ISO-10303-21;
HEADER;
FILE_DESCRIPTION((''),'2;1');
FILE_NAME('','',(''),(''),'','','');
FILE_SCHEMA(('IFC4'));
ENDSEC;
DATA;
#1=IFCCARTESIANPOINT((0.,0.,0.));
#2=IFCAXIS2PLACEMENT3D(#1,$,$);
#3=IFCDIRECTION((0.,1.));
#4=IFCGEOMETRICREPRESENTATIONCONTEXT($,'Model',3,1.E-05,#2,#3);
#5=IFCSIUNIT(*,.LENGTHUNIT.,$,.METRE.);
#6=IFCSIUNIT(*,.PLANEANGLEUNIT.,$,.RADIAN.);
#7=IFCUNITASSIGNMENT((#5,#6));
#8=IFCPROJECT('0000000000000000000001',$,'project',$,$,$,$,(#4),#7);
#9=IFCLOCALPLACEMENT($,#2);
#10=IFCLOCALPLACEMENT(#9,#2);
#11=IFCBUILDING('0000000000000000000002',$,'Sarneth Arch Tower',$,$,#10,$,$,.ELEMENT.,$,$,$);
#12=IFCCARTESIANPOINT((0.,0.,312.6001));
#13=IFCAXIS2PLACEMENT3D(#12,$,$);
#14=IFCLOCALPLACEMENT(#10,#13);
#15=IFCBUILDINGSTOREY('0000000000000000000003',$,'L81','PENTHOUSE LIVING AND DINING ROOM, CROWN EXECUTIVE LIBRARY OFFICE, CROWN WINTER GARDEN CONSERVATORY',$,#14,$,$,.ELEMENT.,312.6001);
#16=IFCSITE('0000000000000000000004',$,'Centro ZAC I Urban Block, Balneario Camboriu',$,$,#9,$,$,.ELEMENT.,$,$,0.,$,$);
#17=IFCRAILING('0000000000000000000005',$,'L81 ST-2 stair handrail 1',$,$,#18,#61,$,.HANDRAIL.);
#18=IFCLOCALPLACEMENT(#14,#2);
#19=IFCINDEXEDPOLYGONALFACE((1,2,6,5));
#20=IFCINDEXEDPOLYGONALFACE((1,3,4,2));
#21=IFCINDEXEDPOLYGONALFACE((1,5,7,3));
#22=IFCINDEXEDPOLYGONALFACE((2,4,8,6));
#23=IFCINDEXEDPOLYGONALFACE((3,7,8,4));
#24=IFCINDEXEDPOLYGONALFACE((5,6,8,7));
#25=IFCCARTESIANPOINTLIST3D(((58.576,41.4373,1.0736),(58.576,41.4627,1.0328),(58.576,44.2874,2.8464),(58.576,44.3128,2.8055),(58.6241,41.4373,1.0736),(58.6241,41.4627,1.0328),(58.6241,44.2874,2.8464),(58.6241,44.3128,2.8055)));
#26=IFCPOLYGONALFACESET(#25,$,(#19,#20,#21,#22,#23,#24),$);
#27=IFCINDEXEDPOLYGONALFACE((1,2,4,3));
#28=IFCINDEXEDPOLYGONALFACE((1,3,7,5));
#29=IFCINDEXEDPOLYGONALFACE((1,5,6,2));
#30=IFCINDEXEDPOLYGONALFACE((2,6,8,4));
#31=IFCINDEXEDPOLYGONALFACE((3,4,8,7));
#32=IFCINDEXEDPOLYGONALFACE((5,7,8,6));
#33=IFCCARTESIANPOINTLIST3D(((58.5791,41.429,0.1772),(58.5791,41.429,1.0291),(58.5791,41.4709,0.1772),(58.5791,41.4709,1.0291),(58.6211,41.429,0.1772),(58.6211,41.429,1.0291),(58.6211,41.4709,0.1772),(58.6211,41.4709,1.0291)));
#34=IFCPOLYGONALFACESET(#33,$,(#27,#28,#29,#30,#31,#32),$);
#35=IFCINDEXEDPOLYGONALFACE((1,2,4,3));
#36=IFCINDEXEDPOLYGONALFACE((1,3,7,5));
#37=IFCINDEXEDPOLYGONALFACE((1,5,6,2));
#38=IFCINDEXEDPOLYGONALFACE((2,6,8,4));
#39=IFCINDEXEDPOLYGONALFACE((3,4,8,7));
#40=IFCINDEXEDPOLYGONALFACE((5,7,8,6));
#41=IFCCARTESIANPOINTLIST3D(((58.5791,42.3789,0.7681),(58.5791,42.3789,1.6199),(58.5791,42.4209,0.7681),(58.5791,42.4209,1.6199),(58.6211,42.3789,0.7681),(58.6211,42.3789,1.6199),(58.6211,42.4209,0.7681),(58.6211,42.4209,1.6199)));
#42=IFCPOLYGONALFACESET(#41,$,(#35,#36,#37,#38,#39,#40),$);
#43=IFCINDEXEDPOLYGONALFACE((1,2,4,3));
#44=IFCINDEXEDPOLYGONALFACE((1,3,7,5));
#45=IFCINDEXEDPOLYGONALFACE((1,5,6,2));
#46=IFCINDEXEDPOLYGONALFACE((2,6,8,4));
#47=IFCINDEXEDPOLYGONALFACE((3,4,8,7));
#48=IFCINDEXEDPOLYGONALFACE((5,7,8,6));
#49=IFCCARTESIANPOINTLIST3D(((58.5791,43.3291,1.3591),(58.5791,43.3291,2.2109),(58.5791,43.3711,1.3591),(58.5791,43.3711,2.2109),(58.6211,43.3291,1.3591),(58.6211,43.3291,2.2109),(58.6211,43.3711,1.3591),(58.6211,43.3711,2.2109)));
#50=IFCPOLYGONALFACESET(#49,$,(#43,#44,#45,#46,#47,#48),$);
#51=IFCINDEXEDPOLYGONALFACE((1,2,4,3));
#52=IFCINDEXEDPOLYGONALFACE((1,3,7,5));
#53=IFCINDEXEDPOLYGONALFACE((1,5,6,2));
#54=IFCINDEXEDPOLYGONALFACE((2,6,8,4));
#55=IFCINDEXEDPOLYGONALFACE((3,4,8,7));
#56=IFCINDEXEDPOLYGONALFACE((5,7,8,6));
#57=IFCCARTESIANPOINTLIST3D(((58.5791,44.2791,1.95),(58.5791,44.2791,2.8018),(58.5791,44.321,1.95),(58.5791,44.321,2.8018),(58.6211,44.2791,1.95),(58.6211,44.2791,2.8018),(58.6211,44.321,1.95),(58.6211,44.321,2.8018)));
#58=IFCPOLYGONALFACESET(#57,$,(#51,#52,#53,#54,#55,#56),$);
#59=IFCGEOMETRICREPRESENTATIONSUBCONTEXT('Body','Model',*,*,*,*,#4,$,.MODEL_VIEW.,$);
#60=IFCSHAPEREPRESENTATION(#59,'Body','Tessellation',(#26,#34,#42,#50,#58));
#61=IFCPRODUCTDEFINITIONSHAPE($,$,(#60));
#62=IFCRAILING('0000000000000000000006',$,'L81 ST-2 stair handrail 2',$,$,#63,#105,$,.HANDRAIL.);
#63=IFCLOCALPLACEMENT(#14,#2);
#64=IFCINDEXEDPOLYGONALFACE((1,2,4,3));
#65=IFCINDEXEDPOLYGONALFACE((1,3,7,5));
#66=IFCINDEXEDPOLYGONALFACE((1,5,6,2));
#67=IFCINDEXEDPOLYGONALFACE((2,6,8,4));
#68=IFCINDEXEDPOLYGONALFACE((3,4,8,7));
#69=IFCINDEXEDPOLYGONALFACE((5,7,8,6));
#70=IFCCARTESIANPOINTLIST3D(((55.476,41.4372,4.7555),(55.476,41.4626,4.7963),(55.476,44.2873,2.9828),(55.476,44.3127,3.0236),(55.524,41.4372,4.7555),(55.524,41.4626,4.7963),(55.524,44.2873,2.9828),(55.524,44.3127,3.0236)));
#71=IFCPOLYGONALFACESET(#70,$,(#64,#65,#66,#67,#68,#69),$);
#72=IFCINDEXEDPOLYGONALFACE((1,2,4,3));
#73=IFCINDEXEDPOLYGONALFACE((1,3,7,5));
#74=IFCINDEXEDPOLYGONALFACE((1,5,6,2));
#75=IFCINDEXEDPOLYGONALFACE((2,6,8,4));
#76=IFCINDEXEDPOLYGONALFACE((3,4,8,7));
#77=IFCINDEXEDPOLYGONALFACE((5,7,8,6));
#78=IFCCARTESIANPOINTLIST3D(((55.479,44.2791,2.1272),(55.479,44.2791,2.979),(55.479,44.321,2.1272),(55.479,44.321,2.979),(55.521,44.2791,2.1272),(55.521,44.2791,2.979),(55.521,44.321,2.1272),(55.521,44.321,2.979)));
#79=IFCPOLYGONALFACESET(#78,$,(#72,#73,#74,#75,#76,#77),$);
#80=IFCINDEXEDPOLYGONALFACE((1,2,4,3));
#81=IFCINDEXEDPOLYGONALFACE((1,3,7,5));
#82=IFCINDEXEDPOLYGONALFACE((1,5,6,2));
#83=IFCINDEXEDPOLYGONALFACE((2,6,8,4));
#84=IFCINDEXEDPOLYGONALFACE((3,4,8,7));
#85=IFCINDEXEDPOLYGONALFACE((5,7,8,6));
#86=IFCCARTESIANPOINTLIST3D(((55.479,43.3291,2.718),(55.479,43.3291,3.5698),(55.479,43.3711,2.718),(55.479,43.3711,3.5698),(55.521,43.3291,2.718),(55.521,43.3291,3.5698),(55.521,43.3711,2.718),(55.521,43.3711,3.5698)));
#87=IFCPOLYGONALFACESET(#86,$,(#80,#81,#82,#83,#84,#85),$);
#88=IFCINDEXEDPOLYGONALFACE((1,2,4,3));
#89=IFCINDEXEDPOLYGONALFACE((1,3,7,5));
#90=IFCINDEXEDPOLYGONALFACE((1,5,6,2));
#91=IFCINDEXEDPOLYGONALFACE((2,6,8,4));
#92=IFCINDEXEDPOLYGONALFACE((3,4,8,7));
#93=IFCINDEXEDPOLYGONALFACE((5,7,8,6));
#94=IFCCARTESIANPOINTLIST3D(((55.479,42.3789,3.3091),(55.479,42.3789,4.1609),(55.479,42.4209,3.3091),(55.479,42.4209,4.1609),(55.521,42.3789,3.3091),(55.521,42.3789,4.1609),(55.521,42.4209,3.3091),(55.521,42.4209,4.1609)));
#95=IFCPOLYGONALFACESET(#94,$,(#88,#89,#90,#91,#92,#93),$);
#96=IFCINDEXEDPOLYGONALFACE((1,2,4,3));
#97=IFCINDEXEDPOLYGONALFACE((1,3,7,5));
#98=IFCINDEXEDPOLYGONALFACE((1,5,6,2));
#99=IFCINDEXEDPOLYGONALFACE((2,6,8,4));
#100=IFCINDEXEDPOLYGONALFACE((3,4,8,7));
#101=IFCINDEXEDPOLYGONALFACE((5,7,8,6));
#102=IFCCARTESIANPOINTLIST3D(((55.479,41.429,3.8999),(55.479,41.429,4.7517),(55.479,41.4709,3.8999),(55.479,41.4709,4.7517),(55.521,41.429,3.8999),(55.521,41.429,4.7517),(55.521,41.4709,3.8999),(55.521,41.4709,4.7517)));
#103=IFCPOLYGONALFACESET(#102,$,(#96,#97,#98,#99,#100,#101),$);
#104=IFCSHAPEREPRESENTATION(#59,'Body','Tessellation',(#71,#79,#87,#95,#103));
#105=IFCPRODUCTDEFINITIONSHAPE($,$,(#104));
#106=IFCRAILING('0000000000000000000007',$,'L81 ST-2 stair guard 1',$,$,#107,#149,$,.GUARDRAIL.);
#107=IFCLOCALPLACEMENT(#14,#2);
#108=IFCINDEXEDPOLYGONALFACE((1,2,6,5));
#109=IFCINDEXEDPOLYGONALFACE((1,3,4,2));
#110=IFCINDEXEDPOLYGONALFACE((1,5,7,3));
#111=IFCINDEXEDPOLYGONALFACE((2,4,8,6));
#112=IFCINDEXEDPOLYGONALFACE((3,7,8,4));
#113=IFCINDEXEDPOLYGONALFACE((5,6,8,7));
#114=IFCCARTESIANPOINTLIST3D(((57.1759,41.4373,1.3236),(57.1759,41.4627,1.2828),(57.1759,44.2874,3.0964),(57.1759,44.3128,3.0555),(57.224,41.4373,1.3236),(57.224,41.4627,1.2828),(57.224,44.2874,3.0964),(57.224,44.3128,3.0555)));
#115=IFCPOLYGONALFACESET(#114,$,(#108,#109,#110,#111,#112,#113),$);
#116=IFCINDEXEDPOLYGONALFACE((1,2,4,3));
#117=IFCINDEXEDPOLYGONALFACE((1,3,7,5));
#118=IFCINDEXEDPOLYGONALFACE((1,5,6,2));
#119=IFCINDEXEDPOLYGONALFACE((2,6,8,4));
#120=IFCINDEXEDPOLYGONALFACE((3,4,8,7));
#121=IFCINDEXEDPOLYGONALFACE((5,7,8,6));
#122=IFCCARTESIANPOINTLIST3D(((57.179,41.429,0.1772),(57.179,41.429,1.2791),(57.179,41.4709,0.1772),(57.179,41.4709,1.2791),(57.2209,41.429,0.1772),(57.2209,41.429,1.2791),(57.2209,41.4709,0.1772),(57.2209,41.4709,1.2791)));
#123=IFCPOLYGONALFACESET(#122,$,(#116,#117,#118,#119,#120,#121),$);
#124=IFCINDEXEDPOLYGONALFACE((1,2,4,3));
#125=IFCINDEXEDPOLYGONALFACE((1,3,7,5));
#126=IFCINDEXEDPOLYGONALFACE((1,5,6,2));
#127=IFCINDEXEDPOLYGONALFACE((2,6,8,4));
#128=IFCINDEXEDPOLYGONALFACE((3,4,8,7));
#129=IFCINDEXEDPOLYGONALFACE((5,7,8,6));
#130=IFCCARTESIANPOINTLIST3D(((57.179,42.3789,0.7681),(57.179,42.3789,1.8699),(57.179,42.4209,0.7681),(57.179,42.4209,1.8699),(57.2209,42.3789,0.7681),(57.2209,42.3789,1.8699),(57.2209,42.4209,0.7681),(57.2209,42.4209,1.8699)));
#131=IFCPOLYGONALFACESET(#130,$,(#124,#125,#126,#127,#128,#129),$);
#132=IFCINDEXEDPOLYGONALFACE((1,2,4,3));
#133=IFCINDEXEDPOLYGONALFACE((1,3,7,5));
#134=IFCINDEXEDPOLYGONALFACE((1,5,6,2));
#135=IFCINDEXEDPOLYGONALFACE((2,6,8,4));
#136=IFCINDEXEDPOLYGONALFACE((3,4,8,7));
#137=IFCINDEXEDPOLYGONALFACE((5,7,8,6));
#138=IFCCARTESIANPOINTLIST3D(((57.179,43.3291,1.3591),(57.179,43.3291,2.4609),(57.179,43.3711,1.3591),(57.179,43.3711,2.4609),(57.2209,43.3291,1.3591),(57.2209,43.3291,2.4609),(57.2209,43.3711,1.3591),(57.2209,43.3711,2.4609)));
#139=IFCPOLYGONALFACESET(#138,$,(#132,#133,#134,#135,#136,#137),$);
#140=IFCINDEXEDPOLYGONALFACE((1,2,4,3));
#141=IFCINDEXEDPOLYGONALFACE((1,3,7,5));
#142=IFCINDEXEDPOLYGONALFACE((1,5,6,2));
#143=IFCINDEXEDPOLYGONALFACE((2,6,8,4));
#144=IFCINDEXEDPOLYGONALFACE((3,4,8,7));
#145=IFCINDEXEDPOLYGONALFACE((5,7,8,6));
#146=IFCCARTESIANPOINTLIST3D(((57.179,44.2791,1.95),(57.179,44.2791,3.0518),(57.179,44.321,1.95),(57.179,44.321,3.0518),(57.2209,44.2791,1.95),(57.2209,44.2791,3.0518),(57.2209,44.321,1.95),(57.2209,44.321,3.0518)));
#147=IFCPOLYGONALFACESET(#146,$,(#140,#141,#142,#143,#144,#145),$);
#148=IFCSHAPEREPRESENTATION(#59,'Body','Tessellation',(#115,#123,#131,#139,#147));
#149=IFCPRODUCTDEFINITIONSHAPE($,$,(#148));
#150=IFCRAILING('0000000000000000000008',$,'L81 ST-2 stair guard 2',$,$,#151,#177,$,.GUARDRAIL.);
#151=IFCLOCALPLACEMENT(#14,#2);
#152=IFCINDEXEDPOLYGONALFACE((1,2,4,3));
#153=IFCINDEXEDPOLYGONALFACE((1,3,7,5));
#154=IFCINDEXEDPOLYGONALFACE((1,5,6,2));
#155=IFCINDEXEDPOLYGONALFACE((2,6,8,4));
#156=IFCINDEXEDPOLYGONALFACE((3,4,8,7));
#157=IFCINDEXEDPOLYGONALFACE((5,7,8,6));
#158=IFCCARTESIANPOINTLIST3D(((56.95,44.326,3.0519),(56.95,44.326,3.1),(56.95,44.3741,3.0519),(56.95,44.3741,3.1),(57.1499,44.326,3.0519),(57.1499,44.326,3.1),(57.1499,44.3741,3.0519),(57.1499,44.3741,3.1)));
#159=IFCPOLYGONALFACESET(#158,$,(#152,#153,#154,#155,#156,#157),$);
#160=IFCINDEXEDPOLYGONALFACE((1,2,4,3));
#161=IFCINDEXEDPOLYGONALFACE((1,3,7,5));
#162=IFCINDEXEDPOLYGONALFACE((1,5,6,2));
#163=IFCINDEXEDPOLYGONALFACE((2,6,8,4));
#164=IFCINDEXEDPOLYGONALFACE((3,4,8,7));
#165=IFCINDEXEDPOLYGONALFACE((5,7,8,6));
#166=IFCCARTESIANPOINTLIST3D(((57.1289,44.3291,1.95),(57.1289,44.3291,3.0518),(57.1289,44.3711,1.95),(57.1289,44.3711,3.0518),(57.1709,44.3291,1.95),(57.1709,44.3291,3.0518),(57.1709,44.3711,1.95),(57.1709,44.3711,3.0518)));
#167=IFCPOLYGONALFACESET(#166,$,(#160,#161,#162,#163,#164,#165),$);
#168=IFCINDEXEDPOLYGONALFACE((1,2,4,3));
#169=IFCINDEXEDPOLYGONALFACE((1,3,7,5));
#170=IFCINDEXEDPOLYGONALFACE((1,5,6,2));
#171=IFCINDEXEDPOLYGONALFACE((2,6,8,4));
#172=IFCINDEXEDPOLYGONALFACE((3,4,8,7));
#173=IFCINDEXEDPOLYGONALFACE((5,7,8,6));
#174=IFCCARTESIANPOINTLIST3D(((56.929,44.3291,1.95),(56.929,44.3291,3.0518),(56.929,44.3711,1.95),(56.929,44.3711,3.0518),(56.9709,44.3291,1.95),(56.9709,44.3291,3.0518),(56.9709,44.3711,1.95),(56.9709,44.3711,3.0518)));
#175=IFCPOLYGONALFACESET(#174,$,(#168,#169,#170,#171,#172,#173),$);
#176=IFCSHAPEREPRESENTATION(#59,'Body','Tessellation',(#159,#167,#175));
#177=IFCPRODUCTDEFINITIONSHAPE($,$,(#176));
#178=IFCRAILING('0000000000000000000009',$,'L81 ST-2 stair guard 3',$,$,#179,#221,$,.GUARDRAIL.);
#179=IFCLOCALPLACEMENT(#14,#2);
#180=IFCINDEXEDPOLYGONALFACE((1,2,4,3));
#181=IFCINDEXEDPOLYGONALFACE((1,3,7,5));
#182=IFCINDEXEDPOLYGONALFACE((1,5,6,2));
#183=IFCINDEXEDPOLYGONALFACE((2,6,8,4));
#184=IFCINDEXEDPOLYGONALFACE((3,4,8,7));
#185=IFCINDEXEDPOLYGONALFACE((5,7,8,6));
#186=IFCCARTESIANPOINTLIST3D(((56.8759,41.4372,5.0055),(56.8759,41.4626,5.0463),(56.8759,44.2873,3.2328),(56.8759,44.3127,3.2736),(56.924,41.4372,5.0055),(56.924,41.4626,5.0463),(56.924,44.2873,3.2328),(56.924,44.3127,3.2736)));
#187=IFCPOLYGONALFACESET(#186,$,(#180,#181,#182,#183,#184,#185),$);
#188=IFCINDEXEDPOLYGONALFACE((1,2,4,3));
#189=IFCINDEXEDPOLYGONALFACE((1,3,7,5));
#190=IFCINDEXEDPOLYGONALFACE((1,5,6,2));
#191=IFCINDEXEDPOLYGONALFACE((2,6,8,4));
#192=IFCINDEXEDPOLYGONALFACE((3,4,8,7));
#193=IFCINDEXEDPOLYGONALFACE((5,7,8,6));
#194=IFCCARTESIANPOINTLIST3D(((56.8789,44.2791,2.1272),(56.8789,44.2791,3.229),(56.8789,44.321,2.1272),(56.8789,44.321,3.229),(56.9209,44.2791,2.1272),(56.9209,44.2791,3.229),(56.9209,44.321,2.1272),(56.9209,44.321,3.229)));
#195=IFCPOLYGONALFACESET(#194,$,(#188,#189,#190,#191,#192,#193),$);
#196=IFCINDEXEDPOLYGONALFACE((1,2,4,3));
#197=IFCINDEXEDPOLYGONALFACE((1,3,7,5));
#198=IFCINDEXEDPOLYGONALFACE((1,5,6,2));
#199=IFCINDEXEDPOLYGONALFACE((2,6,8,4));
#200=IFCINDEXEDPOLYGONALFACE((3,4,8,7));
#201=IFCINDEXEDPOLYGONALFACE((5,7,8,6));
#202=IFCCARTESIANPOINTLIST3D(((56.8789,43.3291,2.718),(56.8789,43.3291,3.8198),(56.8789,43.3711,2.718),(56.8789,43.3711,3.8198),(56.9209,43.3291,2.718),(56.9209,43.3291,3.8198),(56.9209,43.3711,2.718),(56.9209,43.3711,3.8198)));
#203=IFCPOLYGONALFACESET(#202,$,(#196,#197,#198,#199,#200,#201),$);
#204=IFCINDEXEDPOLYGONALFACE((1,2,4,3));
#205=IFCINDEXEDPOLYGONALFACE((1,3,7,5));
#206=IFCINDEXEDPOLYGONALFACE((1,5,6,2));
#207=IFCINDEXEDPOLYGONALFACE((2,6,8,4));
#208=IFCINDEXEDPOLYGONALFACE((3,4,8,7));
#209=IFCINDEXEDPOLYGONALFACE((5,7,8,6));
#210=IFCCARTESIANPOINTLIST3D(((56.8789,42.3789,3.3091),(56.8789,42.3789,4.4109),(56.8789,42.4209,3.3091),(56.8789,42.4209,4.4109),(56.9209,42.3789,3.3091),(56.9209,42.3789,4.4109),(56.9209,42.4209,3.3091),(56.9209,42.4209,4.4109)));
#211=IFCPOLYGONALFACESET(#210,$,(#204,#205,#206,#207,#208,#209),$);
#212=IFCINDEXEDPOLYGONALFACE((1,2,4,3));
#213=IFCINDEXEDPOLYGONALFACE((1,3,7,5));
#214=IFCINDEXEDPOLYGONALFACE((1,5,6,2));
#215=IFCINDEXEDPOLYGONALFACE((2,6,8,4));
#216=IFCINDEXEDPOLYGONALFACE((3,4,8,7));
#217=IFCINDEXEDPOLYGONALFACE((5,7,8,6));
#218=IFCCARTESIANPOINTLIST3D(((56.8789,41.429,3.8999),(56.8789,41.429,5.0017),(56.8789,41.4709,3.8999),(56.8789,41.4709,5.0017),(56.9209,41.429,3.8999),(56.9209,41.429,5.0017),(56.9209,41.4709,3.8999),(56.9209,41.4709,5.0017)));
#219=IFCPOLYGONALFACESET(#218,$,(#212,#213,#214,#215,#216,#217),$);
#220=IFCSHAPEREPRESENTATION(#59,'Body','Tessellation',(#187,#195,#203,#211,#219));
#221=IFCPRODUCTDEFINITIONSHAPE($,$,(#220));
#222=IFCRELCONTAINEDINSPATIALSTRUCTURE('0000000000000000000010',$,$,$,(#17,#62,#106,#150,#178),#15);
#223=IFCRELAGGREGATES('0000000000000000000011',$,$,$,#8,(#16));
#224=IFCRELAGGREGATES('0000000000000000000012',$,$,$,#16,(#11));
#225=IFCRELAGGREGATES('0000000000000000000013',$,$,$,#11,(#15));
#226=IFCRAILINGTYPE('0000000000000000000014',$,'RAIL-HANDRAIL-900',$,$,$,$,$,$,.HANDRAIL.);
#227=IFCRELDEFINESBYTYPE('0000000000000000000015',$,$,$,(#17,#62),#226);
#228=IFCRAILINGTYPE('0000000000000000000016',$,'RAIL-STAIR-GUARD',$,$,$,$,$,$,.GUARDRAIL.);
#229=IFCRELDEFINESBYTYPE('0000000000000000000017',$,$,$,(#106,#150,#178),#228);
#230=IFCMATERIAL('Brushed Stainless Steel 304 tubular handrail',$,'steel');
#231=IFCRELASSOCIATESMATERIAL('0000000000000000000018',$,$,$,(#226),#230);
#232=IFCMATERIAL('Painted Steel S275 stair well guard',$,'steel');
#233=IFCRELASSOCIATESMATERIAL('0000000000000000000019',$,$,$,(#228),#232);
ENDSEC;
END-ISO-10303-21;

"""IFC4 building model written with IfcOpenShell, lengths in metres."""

from ifc_helpers import new_model, si_unit, direction, frame, origin, origin_2d, place, context, subcontext, project, spatial, rectangle, extrude, material, type_object, element, save


model = new_model("IFC4")

# Units and contexts
model_context = context("Model", 3, precision=1e-05, world=origin(), true_north=direction((0.0, 1.0)))
body_context = subcontext(model_context, "Body", "Model", "MODEL_VIEW")
ifc_project = project(units=[si_unit("LENGTHUNIT", "METRE"), si_unit("PLANEANGLEUNIT", "RADIAN")], contexts=[model_context])

# Site, building, storey
site_placement = place(None, origin())
site = spatial("IfcSite", under=ifc_project, at=site_placement, Name="Centro ZAC I Urban Block, Balneario Camboriu", CompositionType="ELEMENT", RefElevation=0.0)
building_placement = place(site_placement, origin())
building = spatial("IfcBuilding", under=site, at=building_placement, Name="Sarneth Arch Tower", CompositionType="ELEMENT")
storey_placement = place(building_placement, frame((0.0, 0.0, 312.6001)))
storey = spatial("IfcBuildingStorey", under=building, at=storey_placement, Name="L81", Description="PENTHOUSE LIVING AND DINING ROOM, CROWN EXECUTIVE LIBRARY OFFICE, CROWN WINTER GARDEN CONSERVATORY", CompositionType="ELEMENT", Elevation=312.6001)

# Railings
ifc_material_1 = material(Name="Brushed Stainless Steel 304 tubular handrail", Category="steel")
railing_type_1 = type_object("IfcRailingType", Name="RAIL-HANDRAIL-900", PredefinedType="HANDRAIL", material=ifc_material_1)
railing_1_placement = place(storey_placement, frame((58.6001, 41.45, 0.1772)))
element("IfcRailing", 1, at=railing_1_placement, inside=storey, type_object=railing_type_1, Name="L81 ST-2 stair handrail 1", PredefinedType="HANDRAIL", context=body_context, shape_type="SweptSolid", body=[
    extrude(rectangle(XDim=0.0481, YDim=0.0481, at=origin_2d()), frame((0.0, 0.0, 0.876), z_axis=(0.0, 0.849149, 0.528154), x_axis=(-1.0, 0.0, 0.0)), (0.0, 0.0, 1.0), 3.3564),
    extrude(rectangle(XDim=0.042, YDim=0.042, at=origin_2d()), origin(), (0.0, 0.0, 1.0), 0.8518),
    extrude(rectangle(XDim=0.042, YDim=0.042, at=origin_2d()), frame((0.0, 0.95, 0.5908)), (0.0, 0.0, 1.0), 0.8518),
    extrude(rectangle(XDim=0.042, YDim=0.042, at=origin_2d()), frame((0.0, 1.9001, 1.1819)), (0.0, 0.0, 1.0), 0.8518),
    extrude(rectangle(XDim=0.042, YDim=0.042, at=origin_2d()), frame((0.0, 2.8501, 1.7727)), (0.0, 0.0, 1.0), 0.8518),
])
railing_2_placement = place(storey_placement, frame((55.5, 44.3, 2.1272)))
element("IfcRailing", 2, at=railing_2_placement, inside=storey, type_object=railing_type_1, Name="L81 ST-2 stair handrail 2", PredefinedType="HANDRAIL", context=body_context, shape_type="SweptSolid", body=[
    extrude(rectangle(XDim=0.0481, YDim=0.0481, at=origin_2d()), frame((0.0, 0.0, 0.876), z_axis=(0.0, -0.849149, 0.528154), x_axis=(1.0, 0.0, 0.0)), (0.0, 0.0, 1.0), 3.3564),
    extrude(rectangle(XDim=0.042, YDim=0.042, at=origin_2d()), origin(), (0.0, 0.0, 1.0), 0.8518),
    extrude(rectangle(XDim=0.042, YDim=0.042, at=origin_2d()), frame((0.0, -0.95, 0.5908)), (0.0, 0.0, 1.0), 0.8518),
    extrude(rectangle(XDim=0.042, YDim=0.042, at=origin_2d()), frame((0.0, -1.9001, 1.1819)), (0.0, 0.0, 1.0), 0.8518),
    extrude(rectangle(XDim=0.042, YDim=0.042, at=origin_2d()), frame((0.0, -2.8501, 1.7727)), (0.0, 0.0, 1.0), 0.8518),
])
ifc_material_2 = material(Name="Painted Steel S275 stair well guard", Category="steel")
railing_type_2 = type_object("IfcRailingType", Name="RAIL-STAIR-GUARD", PredefinedType="GUARDRAIL", material=ifc_material_2)
railing_3_placement = place(storey_placement, frame((57.2, 41.45, 0.1772)))
element("IfcRailing", 3, at=railing_3_placement, inside=storey, type_object=railing_type_2, Name="L81 ST-2 stair guard 1", PredefinedType="GUARDRAIL", context=body_context, shape_type="SweptSolid", body=[
    extrude(rectangle(XDim=0.0481, YDim=0.0481, at=origin_2d()), frame((0.0, 0.0, 1.126), z_axis=(0.0, 0.849149, 0.528154), x_axis=(-1.0, 0.0, 0.0)), (0.0, 0.0, 1.0), 3.3564),
    extrude(rectangle(XDim=0.042, YDim=0.042, at=origin_2d()), origin(), (0.0, 0.0, 1.0), 1.1018),
    extrude(rectangle(XDim=0.042, YDim=0.042, at=origin_2d()), frame((0.0, 0.95, 0.5908)), (0.0, 0.0, 1.0), 1.1018),
    extrude(rectangle(XDim=0.042, YDim=0.042, at=origin_2d()), frame((0.0, 1.9001, 1.1819)), (0.0, 0.0, 1.0), 1.1018),
    extrude(rectangle(XDim=0.042, YDim=0.042, at=origin_2d()), frame((0.0, 2.8501, 1.7727)), (0.0, 0.0, 1.0), 1.1018),
])
railing_4_placement = place(storey_placement, frame((57.1499, 44.3501, 1.95)))
element("IfcRailing", 4, at=railing_4_placement, inside=storey, type_object=railing_type_2, Name="L81 ST-2 stair guard 2", PredefinedType="GUARDRAIL", context=body_context, shape_type="SweptSolid", body=[
    extrude(rectangle(XDim=0.0481, YDim=0.0481, at=origin_2d()), frame((0.0, 0.0, 1.126), z_axis=(-1.0, 0.0, 0.0), x_axis=(0.0, -1.0, 0.0)), (0.0, 0.0, 1.0), 0.2),
    extrude(rectangle(XDim=0.042, YDim=0.042, at=origin_2d()), origin(), (0.0, 0.0, 1.0), 1.1018),
    extrude(rectangle(XDim=0.042, YDim=0.042, at=origin_2d()), frame((-0.2, 0.0, 0.0)), (0.0, 0.0, 1.0), 1.1018),
])
railing_5_placement = place(storey_placement, frame((56.8999, 44.3, 2.1272)))
element("IfcRailing", 5, at=railing_5_placement, inside=storey, type_object=railing_type_2, Name="L81 ST-2 stair guard 3", PredefinedType="GUARDRAIL", context=body_context, shape_type="SweptSolid", body=[
    extrude(rectangle(XDim=0.0481, YDim=0.0481, at=origin_2d()), frame((0.0, 0.0, 1.126), z_axis=(0.0, -0.849149, 0.528154), x_axis=(1.0, 0.0, 0.0)), (0.0, 0.0, 1.0), 3.3564),
    extrude(rectangle(XDim=0.042, YDim=0.042, at=origin_2d()), origin(), (0.0, 0.0, 1.0), 1.1018),
    extrude(rectangle(XDim=0.042, YDim=0.042, at=origin_2d()), frame((0.0, -0.95, 0.5908)), (0.0, 0.0, 1.0), 1.1018),
    extrude(rectangle(XDim=0.042, YDim=0.042, at=origin_2d()), frame((0.0, -1.9001, 1.1819)), (0.0, 0.0, 1.0), 1.1018),
    extrude(rectangle(XDim=0.042, YDim=0.042, at=origin_2d()), frame((0.0, -2.8501, 1.7727)), (0.0, 0.0, 1.0), 1.1018),
])

save(model, "model.ifc")
